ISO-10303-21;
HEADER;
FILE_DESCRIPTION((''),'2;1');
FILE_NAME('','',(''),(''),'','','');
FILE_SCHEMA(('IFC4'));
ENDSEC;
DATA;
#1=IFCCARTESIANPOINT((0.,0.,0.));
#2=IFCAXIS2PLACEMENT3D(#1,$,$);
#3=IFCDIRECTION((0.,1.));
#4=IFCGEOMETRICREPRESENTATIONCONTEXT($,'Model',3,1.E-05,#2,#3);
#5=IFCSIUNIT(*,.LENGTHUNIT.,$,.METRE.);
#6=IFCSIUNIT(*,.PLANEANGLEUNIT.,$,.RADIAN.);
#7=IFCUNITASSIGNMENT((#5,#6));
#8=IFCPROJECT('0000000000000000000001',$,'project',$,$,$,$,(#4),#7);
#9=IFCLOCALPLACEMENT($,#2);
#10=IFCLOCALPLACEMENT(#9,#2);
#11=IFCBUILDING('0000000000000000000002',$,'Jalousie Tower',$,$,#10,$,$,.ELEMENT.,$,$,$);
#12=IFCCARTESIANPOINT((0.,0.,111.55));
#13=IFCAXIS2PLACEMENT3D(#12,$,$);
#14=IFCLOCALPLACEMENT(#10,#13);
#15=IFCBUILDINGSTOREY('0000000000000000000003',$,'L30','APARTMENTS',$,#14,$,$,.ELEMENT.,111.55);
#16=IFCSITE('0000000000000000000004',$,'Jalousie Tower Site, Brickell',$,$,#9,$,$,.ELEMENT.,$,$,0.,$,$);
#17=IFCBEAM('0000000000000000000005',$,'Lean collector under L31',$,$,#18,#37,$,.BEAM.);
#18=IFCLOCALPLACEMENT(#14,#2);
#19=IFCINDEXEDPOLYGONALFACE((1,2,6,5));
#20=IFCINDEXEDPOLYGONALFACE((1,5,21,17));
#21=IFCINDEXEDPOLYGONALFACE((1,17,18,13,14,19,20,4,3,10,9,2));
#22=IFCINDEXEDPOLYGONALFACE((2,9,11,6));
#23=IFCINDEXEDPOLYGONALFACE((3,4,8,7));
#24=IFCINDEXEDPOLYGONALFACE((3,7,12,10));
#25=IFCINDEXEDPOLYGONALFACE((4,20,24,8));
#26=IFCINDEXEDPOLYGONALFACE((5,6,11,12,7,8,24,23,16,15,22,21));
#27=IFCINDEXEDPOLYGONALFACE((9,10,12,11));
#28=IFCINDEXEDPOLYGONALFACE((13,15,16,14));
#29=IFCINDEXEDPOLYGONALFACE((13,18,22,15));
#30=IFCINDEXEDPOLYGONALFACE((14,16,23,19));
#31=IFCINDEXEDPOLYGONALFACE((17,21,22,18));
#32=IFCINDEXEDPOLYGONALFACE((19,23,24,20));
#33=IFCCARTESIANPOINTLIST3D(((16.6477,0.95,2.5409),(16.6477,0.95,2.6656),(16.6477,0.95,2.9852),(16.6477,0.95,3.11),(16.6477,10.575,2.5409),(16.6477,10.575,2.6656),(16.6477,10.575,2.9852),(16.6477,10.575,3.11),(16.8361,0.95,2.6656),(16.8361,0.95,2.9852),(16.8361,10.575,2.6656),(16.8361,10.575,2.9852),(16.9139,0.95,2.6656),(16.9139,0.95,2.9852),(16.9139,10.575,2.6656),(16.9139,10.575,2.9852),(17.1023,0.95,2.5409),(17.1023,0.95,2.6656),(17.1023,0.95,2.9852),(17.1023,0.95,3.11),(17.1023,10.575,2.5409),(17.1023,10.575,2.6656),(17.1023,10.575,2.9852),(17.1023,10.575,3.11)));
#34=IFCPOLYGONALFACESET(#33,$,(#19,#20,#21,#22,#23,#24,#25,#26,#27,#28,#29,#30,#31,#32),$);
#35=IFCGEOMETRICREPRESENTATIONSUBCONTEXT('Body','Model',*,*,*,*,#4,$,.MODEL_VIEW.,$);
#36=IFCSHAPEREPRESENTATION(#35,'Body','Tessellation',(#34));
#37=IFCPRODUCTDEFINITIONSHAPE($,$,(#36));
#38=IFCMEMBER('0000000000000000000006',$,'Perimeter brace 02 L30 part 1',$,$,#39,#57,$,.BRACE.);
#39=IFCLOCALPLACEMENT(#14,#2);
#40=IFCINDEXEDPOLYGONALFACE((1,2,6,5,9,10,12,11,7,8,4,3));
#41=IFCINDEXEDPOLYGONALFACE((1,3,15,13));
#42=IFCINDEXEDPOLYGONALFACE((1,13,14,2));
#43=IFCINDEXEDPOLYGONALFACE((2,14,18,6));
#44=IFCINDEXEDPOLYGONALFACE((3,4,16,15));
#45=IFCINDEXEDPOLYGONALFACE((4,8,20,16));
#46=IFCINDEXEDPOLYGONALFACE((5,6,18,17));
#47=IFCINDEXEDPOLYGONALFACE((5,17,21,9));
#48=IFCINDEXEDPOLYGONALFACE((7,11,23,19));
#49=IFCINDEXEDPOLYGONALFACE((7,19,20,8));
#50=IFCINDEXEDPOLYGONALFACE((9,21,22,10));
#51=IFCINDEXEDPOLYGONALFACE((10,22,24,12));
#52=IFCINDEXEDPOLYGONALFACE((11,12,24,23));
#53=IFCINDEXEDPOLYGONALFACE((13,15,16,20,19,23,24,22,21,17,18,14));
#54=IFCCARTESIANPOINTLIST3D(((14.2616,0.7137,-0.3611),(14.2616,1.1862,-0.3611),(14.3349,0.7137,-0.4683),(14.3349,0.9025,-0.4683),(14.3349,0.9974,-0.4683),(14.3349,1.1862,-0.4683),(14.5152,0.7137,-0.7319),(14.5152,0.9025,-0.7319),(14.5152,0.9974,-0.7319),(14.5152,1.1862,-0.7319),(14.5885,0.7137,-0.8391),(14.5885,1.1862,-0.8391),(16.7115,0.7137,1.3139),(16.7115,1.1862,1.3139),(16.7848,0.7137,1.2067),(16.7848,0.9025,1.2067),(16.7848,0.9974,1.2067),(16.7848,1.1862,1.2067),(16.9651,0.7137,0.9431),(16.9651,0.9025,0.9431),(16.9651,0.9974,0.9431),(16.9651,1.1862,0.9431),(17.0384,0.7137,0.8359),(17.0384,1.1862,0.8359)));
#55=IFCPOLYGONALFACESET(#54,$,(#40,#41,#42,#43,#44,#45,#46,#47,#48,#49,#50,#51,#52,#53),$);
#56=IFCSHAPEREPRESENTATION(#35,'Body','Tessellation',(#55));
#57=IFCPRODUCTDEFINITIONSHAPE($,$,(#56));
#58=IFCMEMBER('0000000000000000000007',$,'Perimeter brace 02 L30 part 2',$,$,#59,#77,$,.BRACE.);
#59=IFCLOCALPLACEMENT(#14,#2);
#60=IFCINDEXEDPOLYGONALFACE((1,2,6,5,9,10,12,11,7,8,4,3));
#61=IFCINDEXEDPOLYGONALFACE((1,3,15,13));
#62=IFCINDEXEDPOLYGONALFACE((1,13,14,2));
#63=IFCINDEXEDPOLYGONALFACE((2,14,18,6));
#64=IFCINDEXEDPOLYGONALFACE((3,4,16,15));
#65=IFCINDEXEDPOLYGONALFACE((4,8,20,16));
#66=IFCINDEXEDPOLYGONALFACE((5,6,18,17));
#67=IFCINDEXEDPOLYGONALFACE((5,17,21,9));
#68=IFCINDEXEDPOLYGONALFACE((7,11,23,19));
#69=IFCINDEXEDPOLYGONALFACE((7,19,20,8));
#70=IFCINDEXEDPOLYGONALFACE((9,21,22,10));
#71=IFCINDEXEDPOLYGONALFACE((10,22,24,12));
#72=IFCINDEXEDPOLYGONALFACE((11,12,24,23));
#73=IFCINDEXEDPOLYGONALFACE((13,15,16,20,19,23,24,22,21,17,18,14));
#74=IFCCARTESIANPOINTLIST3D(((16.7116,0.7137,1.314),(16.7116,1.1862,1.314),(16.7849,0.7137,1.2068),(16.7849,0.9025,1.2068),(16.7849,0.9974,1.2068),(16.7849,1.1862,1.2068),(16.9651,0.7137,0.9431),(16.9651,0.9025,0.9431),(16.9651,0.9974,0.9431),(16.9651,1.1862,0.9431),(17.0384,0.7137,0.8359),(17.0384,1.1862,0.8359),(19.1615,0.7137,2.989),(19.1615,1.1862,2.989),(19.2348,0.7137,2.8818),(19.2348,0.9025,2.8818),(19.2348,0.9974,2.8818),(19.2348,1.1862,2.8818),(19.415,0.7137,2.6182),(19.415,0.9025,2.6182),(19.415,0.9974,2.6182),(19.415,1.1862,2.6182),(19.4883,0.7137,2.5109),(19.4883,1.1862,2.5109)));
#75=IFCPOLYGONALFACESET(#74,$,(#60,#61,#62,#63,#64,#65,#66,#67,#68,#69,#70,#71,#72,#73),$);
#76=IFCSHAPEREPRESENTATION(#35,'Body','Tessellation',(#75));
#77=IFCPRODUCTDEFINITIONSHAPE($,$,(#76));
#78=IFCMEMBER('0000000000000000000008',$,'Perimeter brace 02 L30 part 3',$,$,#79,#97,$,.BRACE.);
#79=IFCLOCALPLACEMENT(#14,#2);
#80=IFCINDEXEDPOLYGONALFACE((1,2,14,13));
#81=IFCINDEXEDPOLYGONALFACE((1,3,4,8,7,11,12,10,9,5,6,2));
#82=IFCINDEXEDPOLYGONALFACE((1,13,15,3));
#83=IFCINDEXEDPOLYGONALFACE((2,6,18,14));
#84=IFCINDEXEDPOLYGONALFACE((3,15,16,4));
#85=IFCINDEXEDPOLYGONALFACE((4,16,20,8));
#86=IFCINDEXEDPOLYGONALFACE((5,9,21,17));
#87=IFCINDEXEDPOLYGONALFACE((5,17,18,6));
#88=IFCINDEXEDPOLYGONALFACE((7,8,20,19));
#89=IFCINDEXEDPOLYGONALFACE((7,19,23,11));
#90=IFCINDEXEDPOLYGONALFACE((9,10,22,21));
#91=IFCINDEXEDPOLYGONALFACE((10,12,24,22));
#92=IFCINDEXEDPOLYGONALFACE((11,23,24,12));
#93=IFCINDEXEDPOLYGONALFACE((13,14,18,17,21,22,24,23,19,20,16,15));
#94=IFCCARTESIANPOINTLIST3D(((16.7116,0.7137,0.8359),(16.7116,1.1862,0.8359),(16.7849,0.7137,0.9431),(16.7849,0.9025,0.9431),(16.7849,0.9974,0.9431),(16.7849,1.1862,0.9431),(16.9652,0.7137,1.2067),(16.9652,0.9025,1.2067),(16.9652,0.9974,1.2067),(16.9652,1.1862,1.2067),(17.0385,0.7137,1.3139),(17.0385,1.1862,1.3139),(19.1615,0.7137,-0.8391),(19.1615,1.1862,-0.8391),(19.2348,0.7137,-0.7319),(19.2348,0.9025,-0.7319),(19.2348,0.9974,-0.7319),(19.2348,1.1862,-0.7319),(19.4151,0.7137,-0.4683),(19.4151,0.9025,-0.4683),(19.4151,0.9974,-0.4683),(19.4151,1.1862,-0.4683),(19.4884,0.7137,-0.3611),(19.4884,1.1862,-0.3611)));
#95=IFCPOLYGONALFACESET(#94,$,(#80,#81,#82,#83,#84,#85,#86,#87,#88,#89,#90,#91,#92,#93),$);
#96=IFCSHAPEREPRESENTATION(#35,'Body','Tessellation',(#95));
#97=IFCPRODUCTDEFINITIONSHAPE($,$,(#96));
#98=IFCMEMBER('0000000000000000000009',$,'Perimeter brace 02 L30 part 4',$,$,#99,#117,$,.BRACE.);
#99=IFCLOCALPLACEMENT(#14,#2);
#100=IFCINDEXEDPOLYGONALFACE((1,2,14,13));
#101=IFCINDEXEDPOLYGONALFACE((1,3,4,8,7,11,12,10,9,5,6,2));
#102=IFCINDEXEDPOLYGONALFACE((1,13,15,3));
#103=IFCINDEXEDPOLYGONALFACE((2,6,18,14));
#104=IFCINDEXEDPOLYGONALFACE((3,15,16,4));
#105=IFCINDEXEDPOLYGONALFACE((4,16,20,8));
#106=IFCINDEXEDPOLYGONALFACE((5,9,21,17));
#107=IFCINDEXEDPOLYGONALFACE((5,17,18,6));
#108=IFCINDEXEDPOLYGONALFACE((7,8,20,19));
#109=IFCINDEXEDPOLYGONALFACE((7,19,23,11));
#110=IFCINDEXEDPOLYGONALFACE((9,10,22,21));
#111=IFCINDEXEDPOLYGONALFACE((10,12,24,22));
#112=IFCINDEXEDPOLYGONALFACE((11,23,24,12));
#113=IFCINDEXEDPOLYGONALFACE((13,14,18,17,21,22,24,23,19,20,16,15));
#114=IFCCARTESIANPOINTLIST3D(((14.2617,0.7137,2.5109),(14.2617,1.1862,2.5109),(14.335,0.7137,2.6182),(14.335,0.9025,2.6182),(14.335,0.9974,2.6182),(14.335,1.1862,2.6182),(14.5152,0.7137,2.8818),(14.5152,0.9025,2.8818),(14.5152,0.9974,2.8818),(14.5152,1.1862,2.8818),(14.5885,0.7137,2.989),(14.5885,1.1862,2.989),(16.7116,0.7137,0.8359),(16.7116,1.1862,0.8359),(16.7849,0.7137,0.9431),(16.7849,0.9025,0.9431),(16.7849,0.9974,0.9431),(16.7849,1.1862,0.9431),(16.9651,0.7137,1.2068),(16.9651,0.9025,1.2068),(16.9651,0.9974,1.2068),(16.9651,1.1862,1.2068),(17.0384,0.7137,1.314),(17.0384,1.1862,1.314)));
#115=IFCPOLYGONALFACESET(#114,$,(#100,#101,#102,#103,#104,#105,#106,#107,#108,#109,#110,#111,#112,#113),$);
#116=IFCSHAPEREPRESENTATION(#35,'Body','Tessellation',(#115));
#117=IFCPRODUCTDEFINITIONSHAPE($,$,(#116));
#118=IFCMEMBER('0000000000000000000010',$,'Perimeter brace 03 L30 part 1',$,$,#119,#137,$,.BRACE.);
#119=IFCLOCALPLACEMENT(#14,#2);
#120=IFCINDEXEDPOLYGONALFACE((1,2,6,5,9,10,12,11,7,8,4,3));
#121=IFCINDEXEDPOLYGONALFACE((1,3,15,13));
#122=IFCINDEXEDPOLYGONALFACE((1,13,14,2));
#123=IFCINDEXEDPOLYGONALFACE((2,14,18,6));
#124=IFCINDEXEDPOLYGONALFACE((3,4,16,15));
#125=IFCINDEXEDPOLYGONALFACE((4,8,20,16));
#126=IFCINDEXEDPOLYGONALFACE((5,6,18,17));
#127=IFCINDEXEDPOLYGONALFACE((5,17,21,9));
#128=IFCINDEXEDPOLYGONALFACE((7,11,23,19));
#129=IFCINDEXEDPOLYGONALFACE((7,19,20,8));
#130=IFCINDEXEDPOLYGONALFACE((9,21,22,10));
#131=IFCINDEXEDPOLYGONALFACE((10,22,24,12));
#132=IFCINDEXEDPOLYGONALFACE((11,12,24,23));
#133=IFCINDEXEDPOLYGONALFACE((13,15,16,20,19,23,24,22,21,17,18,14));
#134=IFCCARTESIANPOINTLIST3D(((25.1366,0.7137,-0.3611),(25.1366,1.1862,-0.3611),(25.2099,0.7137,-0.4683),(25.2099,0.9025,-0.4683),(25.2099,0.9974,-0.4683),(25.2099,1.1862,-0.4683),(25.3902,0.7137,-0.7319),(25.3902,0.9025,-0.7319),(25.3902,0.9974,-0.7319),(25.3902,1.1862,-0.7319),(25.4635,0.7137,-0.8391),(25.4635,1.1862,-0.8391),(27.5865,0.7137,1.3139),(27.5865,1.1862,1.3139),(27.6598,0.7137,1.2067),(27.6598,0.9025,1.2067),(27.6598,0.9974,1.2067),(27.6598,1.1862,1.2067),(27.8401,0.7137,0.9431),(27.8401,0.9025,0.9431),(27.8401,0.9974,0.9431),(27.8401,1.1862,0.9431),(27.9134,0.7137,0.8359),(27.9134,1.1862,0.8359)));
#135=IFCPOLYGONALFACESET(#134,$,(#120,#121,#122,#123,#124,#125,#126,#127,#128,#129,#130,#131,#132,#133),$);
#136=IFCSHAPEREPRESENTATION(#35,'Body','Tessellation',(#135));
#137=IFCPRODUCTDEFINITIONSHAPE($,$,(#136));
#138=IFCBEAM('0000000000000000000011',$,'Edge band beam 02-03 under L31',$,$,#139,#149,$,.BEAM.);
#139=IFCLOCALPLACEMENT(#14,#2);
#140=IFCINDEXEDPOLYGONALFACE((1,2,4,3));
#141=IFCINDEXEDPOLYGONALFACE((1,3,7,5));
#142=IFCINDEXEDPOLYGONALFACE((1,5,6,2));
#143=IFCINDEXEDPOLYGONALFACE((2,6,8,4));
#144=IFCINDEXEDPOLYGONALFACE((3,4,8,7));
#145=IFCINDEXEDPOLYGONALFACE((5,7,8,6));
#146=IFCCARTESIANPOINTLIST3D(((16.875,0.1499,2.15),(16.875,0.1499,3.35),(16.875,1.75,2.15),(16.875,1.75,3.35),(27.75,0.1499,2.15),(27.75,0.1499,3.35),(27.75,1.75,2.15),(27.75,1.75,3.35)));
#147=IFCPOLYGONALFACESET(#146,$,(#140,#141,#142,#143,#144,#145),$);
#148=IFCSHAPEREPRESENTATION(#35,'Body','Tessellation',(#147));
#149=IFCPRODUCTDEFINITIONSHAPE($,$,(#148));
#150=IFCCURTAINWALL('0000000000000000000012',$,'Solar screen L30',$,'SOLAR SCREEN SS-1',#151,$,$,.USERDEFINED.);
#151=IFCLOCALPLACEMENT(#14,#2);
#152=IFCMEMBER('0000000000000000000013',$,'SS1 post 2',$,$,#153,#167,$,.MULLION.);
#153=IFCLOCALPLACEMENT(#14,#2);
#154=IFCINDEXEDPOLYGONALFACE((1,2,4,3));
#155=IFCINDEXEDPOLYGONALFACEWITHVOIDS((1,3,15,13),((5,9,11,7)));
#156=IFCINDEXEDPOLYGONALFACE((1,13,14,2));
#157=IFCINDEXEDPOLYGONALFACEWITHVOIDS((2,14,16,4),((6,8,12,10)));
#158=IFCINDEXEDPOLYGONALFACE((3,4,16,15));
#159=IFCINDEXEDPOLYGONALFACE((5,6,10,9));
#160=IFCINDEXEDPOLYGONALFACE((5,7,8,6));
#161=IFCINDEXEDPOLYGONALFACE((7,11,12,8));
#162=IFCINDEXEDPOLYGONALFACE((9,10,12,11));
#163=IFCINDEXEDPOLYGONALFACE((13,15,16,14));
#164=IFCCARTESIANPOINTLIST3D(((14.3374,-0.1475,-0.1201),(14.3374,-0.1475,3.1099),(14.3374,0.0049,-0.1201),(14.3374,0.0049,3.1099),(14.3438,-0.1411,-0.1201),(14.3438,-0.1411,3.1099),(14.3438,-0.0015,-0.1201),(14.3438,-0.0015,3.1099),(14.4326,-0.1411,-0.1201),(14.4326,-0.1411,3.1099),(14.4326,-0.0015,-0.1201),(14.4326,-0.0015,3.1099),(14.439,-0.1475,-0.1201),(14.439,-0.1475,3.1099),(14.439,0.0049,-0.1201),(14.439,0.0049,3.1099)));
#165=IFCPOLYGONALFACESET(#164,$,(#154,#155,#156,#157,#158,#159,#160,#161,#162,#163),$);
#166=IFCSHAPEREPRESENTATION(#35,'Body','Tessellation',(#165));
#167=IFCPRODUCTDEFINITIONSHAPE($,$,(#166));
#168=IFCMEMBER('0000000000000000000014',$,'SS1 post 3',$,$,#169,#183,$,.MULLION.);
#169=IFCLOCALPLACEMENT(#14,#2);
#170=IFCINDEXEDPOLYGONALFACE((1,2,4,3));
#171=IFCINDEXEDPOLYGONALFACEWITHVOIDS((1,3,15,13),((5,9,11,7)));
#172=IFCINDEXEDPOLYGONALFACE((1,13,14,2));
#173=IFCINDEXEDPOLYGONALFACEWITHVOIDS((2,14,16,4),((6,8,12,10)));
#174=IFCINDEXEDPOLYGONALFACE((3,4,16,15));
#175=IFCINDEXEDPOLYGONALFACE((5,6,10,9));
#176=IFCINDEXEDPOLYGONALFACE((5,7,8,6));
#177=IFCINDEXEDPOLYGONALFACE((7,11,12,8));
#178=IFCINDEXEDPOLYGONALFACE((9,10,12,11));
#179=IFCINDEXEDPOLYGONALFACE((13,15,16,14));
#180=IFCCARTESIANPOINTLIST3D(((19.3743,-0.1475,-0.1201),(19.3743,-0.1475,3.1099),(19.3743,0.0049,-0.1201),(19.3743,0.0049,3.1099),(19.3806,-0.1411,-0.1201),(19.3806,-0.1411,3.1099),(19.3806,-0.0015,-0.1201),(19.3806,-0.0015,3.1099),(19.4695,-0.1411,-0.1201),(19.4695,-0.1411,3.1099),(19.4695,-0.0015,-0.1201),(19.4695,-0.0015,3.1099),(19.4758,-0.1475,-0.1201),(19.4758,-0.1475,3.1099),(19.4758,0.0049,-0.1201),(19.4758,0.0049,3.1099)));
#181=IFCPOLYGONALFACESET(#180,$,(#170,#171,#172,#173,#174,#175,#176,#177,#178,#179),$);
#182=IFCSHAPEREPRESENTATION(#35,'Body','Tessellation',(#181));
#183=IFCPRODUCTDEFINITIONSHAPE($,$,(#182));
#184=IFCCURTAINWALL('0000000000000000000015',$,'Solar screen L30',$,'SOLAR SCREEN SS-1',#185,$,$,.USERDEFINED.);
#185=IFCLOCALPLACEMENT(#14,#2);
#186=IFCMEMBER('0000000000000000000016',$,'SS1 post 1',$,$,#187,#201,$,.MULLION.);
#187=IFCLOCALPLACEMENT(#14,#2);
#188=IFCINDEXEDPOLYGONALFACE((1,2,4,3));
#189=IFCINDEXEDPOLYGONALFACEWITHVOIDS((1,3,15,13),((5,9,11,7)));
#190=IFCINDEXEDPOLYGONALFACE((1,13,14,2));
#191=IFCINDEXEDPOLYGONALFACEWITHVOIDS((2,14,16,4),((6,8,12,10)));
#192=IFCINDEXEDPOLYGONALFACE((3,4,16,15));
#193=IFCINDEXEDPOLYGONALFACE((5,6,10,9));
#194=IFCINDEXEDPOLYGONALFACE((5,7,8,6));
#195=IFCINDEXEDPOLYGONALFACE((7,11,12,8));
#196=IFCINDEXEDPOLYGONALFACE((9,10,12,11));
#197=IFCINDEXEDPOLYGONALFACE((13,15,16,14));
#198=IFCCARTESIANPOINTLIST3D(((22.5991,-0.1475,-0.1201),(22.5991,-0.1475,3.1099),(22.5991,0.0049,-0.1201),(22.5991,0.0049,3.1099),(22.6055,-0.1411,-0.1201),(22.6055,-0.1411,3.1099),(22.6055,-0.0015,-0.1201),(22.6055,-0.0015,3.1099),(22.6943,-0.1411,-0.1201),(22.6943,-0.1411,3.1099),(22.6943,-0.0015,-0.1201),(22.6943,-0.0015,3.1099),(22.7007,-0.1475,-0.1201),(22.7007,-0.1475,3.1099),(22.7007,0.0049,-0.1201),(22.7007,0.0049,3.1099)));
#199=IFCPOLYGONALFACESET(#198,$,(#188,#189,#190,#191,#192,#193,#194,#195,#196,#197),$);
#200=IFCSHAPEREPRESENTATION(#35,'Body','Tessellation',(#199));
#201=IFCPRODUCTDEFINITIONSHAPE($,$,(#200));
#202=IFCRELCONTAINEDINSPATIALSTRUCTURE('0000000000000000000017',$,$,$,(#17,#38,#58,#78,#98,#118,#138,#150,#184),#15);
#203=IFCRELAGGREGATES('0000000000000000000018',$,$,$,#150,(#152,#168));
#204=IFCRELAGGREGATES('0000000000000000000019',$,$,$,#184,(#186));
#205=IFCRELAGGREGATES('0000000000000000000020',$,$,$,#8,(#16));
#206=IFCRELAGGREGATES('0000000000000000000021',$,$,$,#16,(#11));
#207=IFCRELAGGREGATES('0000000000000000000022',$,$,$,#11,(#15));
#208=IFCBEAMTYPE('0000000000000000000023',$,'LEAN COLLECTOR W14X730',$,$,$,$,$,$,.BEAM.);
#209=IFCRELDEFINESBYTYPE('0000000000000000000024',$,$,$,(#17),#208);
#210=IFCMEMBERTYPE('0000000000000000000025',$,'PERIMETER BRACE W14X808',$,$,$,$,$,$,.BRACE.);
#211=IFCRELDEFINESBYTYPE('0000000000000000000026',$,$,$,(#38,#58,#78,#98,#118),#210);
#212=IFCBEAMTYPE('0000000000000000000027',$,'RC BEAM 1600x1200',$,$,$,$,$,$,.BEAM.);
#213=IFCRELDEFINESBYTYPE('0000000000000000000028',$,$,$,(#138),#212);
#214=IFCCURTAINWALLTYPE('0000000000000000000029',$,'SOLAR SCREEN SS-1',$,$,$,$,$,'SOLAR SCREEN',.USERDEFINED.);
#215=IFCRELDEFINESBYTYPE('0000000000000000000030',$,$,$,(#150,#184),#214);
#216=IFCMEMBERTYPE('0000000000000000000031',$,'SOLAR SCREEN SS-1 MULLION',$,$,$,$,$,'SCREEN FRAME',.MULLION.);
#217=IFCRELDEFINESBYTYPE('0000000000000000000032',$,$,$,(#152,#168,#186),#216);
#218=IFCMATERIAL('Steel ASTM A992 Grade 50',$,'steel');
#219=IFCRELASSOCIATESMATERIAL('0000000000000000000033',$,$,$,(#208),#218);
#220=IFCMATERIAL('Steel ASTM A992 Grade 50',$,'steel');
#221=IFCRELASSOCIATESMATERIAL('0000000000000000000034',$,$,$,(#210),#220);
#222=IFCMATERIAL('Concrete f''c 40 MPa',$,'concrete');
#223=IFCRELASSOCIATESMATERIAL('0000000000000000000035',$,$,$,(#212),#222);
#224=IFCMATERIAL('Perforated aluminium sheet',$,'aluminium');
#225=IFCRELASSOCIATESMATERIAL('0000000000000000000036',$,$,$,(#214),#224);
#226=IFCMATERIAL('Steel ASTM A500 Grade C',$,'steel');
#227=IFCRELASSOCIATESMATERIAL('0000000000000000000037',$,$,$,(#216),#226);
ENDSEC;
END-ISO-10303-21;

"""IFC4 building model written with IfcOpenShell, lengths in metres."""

from ifc_helpers import new_model, si_unit, direction, frame, origin, origin_2d, place, context, subcontext, project, spatial, rectangle, hollow_rectangle, i_section, extrude, material, material_profile, profile_set, type_object, element, aggregate, save


model = new_model("IFC4")

# Units and contexts
model_context = context("Model", 3, precision=1e-05, world=origin(), true_north=direction((0.0, 1.0)))
body_context = subcontext(model_context, "Body", "Model", "MODEL_VIEW")
ifc_project = project(units=[si_unit("LENGTHUNIT", "METRE"), si_unit("PLANEANGLEUNIT", "RADIAN")], contexts=[model_context])

# Site, building, storey
site_placement = place(None, origin())
site = spatial("IfcSite", under=ifc_project, at=site_placement, Name="Jalousie Tower Site, Brickell", CompositionType="ELEMENT", RefElevation=0.0)
building_placement = place(site_placement, origin())
building = spatial("IfcBuilding", under=site, at=building_placement, Name="Jalousie Tower", CompositionType="ELEMENT")
storey_placement = place(building_placement, frame((0.0, 0.0, 111.55)))
storey = spatial("IfcBuildingStorey", under=building, at=storey_placement, Name="L30", Description="APARTMENTS", CompositionType="ELEMENT", Elevation=111.55)

# Beam
ifc_material_1 = material(Name="Steel ASTM A992 Grade 50", Category="steel")
ifc_material_profile_1 = material_profile(ifc_material_1, i_section(OverallWidth=0.4546, OverallDepth=0.5691, WebThickness=0.0779, FlangeThickness=0.1248, at=origin_2d()), Name="W14X730")
ifc_profile_set_1 = profile_set([ifc_material_profile_1], Name="Steel ASTM A992 Grade 50")
beam_type_1 = type_object("IfcBeamType", Name="LEAN COLLECTOR W14X730", PredefinedType="BEAM", material=ifc_profile_set_1)
beam_1_placement = place(storey_placement, frame((16.875, 0.95, 2.8254), z_axis=(0.0, 1.0, 0.0), x_axis=(-1.0, 0.0, 0.0)))
element("IfcBeam", 1, at=beam_1_placement, inside=storey, type_object=beam_type_1, Name="Lean collector under L31", PredefinedType="BEAM", context=body_context, shape_type="SweptSolid", body=[
    extrude(i_section(OverallWidth=0.4546, OverallDepth=0.5691, WebThickness=0.0779, FlangeThickness=0.1248, at=origin_2d()), origin(), (0.0, 0.0, 1.0), 9.625),
])

# Members
ifc_material_2 = material(Name="Steel ASTM A992 Grade 50", Category="steel")
ifc_material_profile_2 = material_profile(ifc_material_2, i_section(OverallWidth=0.4724, OverallDepth=0.5791, WebThickness=0.095, FlangeThickness=0.1299, at=origin_2d()), Name="W14X808")
ifc_profile_set_2 = profile_set([ifc_material_profile_2], Name="Steel ASTM A992 Grade 50")
member_type_1 = type_object("IfcMemberType", Name="PERIMETER BRACE W14X808", PredefinedType="BRACE", material=ifc_profile_set_2)
for number, where, z_axis, x_axis, name in (
    (2, (14.425, 0.95, -0.6001), (0.825501, 0.0, 0.564401), (0.0, 1.0, 0.0), "Perimeter brace 02 L30 part 1"),
    (3, (16.875, 0.95, 1.075), (0.825501, 0.0, 0.564401), (0.0, 1.0, 0.0), "Perimeter brace 02 L30 part 2"),
    (4, (19.325, 0.95, -0.6001), (-0.825501, 0.0, 0.564401), (0.0, -1.0, 0.0), "Perimeter brace 02 L30 part 3"),
    (5, (16.875, 0.95, 1.075), (-0.825501, 0.0, 0.564401), (0.0, -1.0, 0.0), "Perimeter brace 02 L30 part 4"),
    (6, (25.3, 0.95, -0.6001), (0.825501, 0.0, 0.564401), (0.0, 1.0, 0.0), "Perimeter brace 03 L30 part 1"),
):
    element("IfcMember", number, at=place(storey_placement, frame(where, z_axis=z_axis, x_axis=x_axis)), inside=storey, type_object=member_type_1, Name=name, PredefinedType="BRACE", context=body_context, shape_type="SweptSolid", body=[
        extrude(i_section(OverallWidth=0.4724, OverallDepth=0.5791, WebThickness=0.095, FlangeThickness=0.1299, at=origin_2d()), origin(), (0.0, 0.0, 1.0), 2.9678),
    ])

# Beam
ifc_material_3 = material(Name="Concrete f'c 40 MPa", Category="concrete")
ifc_material_profile_3 = material_profile(ifc_material_3, rectangle(XDim=1.6001, YDim=1.2, at=origin_2d()), Name="RC 1600x1200")
ifc_profile_set_3 = profile_set([ifc_material_profile_3], Name="Concrete f'c 40 MPa")
beam_type_2 = type_object("IfcBeamType", Name="RC BEAM 1600x1200", PredefinedType="BEAM", material=ifc_profile_set_3)
beam_2_placement = place(storey_placement, frame((16.875, 0.95, 2.75), z_axis=(1.0, 0.0, 0.0), x_axis=(0.0, 1.0, 0.0)))
element("IfcBeam", 7, at=beam_2_placement, inside=storey, type_object=beam_type_2, Name="Edge band beam 02-03 under L31", PredefinedType="BEAM", context=body_context, shape_type="SweptSolid", body=[
    extrude(rectangle(XDim=1.6001, YDim=1.2, at=origin_2d()), origin(), (0.0, 0.0, 1.0), 10.875),
])

# Curtain walls, members
ifc_material_4 = material(Name="Perforated aluminium sheet", Category="aluminium")
curtain_wall_type = type_object("IfcCurtainWallType", Name="SOLAR SCREEN SS-1", ElementType="SOLAR SCREEN", PredefinedType="USERDEFINED", material=ifc_material_4)
curtain_wall_1_placement = place(storey_placement, origin())
curtain_wall_1 = element("IfcCurtainWall", 8, at=curtain_wall_1_placement, inside=storey, type_object=curtain_wall_type, Name="Solar screen L30", ObjectType="SOLAR SCREEN SS-1", PredefinedType="USERDEFINED")
ifc_material_5 = material(Name="Steel ASTM A500 Grade C", Category="steel")
ifc_material_profile_4 = material_profile(ifc_material_5, hollow_rectangle(XDim=0.1016, YDim=0.1523, WallThickness=0.0063, at=origin_2d()), Name="HSS6X4X1/4")
ifc_profile_set_4 = profile_set([ifc_material_profile_4], Name="Steel ASTM A500 Grade C")
member_type_2 = type_object("IfcMemberType", Name="SOLAR SCREEN SS-1 MULLION", ElementType="SCREEN FRAME", PredefinedType="MULLION", material=ifc_profile_set_4)
member_1_placement = place(storey_placement, frame((14.3882, -0.0713, -0.1201), z_axis=(0.0, 0.0, 1.0), x_axis=(1.0, 0.0, 0.0)))
member_1 = element("IfcMember", 9, at=member_1_placement, type_object=member_type_2, Name="SS1 post 2", PredefinedType="MULLION", context=body_context, shape_type="SweptSolid", body=[
    extrude(hollow_rectangle(XDim=0.1016, YDim=0.1523, WallThickness=0.0063, at=origin_2d()), origin(), (0.0, 0.0, 1.0), 3.23),
])
member_2_placement = place(storey_placement, frame((19.425, -0.0713, -0.1201), z_axis=(0.0, 0.0, 1.0), x_axis=(1.0, 0.0, 0.0)))
member_2 = element("IfcMember", 10, at=member_2_placement, type_object=member_type_2, Name="SS1 post 3", PredefinedType="MULLION", context=body_context, shape_type="SweptSolid", body=[
    extrude(hollow_rectangle(XDim=0.1016, YDim=0.1523, WallThickness=0.0063, at=origin_2d()), origin(), (0.0, 0.0, 1.0), 3.23),
])
curtain_wall_2_placement = place(storey_placement, origin())
curtain_wall_2 = element("IfcCurtainWall", 11, at=curtain_wall_2_placement, inside=storey, type_object=curtain_wall_type, Name="Solar screen L30", ObjectType="SOLAR SCREEN SS-1", PredefinedType="USERDEFINED")
member_3_placement = place(storey_placement, frame((22.6499, -0.0713, -0.1201), z_axis=(0.0, 0.0, 1.0), x_axis=(1.0, 0.0, 0.0)))
member_3 = element("IfcMember", 12, at=member_3_placement, type_object=member_type_2, Name="SS1 post 1", PredefinedType="MULLION", context=body_context, shape_type="SweptSolid", body=[
    extrude(hollow_rectangle(XDim=0.1016, YDim=0.1523, WallThickness=0.0063, at=origin_2d()), origin(), (0.0, 0.0, 1.0), 3.23),
])

aggregate(curtain_wall_1, [member_1, member_2])
aggregate(curtain_wall_2, [member_3])

save(model, "model.ifc")
